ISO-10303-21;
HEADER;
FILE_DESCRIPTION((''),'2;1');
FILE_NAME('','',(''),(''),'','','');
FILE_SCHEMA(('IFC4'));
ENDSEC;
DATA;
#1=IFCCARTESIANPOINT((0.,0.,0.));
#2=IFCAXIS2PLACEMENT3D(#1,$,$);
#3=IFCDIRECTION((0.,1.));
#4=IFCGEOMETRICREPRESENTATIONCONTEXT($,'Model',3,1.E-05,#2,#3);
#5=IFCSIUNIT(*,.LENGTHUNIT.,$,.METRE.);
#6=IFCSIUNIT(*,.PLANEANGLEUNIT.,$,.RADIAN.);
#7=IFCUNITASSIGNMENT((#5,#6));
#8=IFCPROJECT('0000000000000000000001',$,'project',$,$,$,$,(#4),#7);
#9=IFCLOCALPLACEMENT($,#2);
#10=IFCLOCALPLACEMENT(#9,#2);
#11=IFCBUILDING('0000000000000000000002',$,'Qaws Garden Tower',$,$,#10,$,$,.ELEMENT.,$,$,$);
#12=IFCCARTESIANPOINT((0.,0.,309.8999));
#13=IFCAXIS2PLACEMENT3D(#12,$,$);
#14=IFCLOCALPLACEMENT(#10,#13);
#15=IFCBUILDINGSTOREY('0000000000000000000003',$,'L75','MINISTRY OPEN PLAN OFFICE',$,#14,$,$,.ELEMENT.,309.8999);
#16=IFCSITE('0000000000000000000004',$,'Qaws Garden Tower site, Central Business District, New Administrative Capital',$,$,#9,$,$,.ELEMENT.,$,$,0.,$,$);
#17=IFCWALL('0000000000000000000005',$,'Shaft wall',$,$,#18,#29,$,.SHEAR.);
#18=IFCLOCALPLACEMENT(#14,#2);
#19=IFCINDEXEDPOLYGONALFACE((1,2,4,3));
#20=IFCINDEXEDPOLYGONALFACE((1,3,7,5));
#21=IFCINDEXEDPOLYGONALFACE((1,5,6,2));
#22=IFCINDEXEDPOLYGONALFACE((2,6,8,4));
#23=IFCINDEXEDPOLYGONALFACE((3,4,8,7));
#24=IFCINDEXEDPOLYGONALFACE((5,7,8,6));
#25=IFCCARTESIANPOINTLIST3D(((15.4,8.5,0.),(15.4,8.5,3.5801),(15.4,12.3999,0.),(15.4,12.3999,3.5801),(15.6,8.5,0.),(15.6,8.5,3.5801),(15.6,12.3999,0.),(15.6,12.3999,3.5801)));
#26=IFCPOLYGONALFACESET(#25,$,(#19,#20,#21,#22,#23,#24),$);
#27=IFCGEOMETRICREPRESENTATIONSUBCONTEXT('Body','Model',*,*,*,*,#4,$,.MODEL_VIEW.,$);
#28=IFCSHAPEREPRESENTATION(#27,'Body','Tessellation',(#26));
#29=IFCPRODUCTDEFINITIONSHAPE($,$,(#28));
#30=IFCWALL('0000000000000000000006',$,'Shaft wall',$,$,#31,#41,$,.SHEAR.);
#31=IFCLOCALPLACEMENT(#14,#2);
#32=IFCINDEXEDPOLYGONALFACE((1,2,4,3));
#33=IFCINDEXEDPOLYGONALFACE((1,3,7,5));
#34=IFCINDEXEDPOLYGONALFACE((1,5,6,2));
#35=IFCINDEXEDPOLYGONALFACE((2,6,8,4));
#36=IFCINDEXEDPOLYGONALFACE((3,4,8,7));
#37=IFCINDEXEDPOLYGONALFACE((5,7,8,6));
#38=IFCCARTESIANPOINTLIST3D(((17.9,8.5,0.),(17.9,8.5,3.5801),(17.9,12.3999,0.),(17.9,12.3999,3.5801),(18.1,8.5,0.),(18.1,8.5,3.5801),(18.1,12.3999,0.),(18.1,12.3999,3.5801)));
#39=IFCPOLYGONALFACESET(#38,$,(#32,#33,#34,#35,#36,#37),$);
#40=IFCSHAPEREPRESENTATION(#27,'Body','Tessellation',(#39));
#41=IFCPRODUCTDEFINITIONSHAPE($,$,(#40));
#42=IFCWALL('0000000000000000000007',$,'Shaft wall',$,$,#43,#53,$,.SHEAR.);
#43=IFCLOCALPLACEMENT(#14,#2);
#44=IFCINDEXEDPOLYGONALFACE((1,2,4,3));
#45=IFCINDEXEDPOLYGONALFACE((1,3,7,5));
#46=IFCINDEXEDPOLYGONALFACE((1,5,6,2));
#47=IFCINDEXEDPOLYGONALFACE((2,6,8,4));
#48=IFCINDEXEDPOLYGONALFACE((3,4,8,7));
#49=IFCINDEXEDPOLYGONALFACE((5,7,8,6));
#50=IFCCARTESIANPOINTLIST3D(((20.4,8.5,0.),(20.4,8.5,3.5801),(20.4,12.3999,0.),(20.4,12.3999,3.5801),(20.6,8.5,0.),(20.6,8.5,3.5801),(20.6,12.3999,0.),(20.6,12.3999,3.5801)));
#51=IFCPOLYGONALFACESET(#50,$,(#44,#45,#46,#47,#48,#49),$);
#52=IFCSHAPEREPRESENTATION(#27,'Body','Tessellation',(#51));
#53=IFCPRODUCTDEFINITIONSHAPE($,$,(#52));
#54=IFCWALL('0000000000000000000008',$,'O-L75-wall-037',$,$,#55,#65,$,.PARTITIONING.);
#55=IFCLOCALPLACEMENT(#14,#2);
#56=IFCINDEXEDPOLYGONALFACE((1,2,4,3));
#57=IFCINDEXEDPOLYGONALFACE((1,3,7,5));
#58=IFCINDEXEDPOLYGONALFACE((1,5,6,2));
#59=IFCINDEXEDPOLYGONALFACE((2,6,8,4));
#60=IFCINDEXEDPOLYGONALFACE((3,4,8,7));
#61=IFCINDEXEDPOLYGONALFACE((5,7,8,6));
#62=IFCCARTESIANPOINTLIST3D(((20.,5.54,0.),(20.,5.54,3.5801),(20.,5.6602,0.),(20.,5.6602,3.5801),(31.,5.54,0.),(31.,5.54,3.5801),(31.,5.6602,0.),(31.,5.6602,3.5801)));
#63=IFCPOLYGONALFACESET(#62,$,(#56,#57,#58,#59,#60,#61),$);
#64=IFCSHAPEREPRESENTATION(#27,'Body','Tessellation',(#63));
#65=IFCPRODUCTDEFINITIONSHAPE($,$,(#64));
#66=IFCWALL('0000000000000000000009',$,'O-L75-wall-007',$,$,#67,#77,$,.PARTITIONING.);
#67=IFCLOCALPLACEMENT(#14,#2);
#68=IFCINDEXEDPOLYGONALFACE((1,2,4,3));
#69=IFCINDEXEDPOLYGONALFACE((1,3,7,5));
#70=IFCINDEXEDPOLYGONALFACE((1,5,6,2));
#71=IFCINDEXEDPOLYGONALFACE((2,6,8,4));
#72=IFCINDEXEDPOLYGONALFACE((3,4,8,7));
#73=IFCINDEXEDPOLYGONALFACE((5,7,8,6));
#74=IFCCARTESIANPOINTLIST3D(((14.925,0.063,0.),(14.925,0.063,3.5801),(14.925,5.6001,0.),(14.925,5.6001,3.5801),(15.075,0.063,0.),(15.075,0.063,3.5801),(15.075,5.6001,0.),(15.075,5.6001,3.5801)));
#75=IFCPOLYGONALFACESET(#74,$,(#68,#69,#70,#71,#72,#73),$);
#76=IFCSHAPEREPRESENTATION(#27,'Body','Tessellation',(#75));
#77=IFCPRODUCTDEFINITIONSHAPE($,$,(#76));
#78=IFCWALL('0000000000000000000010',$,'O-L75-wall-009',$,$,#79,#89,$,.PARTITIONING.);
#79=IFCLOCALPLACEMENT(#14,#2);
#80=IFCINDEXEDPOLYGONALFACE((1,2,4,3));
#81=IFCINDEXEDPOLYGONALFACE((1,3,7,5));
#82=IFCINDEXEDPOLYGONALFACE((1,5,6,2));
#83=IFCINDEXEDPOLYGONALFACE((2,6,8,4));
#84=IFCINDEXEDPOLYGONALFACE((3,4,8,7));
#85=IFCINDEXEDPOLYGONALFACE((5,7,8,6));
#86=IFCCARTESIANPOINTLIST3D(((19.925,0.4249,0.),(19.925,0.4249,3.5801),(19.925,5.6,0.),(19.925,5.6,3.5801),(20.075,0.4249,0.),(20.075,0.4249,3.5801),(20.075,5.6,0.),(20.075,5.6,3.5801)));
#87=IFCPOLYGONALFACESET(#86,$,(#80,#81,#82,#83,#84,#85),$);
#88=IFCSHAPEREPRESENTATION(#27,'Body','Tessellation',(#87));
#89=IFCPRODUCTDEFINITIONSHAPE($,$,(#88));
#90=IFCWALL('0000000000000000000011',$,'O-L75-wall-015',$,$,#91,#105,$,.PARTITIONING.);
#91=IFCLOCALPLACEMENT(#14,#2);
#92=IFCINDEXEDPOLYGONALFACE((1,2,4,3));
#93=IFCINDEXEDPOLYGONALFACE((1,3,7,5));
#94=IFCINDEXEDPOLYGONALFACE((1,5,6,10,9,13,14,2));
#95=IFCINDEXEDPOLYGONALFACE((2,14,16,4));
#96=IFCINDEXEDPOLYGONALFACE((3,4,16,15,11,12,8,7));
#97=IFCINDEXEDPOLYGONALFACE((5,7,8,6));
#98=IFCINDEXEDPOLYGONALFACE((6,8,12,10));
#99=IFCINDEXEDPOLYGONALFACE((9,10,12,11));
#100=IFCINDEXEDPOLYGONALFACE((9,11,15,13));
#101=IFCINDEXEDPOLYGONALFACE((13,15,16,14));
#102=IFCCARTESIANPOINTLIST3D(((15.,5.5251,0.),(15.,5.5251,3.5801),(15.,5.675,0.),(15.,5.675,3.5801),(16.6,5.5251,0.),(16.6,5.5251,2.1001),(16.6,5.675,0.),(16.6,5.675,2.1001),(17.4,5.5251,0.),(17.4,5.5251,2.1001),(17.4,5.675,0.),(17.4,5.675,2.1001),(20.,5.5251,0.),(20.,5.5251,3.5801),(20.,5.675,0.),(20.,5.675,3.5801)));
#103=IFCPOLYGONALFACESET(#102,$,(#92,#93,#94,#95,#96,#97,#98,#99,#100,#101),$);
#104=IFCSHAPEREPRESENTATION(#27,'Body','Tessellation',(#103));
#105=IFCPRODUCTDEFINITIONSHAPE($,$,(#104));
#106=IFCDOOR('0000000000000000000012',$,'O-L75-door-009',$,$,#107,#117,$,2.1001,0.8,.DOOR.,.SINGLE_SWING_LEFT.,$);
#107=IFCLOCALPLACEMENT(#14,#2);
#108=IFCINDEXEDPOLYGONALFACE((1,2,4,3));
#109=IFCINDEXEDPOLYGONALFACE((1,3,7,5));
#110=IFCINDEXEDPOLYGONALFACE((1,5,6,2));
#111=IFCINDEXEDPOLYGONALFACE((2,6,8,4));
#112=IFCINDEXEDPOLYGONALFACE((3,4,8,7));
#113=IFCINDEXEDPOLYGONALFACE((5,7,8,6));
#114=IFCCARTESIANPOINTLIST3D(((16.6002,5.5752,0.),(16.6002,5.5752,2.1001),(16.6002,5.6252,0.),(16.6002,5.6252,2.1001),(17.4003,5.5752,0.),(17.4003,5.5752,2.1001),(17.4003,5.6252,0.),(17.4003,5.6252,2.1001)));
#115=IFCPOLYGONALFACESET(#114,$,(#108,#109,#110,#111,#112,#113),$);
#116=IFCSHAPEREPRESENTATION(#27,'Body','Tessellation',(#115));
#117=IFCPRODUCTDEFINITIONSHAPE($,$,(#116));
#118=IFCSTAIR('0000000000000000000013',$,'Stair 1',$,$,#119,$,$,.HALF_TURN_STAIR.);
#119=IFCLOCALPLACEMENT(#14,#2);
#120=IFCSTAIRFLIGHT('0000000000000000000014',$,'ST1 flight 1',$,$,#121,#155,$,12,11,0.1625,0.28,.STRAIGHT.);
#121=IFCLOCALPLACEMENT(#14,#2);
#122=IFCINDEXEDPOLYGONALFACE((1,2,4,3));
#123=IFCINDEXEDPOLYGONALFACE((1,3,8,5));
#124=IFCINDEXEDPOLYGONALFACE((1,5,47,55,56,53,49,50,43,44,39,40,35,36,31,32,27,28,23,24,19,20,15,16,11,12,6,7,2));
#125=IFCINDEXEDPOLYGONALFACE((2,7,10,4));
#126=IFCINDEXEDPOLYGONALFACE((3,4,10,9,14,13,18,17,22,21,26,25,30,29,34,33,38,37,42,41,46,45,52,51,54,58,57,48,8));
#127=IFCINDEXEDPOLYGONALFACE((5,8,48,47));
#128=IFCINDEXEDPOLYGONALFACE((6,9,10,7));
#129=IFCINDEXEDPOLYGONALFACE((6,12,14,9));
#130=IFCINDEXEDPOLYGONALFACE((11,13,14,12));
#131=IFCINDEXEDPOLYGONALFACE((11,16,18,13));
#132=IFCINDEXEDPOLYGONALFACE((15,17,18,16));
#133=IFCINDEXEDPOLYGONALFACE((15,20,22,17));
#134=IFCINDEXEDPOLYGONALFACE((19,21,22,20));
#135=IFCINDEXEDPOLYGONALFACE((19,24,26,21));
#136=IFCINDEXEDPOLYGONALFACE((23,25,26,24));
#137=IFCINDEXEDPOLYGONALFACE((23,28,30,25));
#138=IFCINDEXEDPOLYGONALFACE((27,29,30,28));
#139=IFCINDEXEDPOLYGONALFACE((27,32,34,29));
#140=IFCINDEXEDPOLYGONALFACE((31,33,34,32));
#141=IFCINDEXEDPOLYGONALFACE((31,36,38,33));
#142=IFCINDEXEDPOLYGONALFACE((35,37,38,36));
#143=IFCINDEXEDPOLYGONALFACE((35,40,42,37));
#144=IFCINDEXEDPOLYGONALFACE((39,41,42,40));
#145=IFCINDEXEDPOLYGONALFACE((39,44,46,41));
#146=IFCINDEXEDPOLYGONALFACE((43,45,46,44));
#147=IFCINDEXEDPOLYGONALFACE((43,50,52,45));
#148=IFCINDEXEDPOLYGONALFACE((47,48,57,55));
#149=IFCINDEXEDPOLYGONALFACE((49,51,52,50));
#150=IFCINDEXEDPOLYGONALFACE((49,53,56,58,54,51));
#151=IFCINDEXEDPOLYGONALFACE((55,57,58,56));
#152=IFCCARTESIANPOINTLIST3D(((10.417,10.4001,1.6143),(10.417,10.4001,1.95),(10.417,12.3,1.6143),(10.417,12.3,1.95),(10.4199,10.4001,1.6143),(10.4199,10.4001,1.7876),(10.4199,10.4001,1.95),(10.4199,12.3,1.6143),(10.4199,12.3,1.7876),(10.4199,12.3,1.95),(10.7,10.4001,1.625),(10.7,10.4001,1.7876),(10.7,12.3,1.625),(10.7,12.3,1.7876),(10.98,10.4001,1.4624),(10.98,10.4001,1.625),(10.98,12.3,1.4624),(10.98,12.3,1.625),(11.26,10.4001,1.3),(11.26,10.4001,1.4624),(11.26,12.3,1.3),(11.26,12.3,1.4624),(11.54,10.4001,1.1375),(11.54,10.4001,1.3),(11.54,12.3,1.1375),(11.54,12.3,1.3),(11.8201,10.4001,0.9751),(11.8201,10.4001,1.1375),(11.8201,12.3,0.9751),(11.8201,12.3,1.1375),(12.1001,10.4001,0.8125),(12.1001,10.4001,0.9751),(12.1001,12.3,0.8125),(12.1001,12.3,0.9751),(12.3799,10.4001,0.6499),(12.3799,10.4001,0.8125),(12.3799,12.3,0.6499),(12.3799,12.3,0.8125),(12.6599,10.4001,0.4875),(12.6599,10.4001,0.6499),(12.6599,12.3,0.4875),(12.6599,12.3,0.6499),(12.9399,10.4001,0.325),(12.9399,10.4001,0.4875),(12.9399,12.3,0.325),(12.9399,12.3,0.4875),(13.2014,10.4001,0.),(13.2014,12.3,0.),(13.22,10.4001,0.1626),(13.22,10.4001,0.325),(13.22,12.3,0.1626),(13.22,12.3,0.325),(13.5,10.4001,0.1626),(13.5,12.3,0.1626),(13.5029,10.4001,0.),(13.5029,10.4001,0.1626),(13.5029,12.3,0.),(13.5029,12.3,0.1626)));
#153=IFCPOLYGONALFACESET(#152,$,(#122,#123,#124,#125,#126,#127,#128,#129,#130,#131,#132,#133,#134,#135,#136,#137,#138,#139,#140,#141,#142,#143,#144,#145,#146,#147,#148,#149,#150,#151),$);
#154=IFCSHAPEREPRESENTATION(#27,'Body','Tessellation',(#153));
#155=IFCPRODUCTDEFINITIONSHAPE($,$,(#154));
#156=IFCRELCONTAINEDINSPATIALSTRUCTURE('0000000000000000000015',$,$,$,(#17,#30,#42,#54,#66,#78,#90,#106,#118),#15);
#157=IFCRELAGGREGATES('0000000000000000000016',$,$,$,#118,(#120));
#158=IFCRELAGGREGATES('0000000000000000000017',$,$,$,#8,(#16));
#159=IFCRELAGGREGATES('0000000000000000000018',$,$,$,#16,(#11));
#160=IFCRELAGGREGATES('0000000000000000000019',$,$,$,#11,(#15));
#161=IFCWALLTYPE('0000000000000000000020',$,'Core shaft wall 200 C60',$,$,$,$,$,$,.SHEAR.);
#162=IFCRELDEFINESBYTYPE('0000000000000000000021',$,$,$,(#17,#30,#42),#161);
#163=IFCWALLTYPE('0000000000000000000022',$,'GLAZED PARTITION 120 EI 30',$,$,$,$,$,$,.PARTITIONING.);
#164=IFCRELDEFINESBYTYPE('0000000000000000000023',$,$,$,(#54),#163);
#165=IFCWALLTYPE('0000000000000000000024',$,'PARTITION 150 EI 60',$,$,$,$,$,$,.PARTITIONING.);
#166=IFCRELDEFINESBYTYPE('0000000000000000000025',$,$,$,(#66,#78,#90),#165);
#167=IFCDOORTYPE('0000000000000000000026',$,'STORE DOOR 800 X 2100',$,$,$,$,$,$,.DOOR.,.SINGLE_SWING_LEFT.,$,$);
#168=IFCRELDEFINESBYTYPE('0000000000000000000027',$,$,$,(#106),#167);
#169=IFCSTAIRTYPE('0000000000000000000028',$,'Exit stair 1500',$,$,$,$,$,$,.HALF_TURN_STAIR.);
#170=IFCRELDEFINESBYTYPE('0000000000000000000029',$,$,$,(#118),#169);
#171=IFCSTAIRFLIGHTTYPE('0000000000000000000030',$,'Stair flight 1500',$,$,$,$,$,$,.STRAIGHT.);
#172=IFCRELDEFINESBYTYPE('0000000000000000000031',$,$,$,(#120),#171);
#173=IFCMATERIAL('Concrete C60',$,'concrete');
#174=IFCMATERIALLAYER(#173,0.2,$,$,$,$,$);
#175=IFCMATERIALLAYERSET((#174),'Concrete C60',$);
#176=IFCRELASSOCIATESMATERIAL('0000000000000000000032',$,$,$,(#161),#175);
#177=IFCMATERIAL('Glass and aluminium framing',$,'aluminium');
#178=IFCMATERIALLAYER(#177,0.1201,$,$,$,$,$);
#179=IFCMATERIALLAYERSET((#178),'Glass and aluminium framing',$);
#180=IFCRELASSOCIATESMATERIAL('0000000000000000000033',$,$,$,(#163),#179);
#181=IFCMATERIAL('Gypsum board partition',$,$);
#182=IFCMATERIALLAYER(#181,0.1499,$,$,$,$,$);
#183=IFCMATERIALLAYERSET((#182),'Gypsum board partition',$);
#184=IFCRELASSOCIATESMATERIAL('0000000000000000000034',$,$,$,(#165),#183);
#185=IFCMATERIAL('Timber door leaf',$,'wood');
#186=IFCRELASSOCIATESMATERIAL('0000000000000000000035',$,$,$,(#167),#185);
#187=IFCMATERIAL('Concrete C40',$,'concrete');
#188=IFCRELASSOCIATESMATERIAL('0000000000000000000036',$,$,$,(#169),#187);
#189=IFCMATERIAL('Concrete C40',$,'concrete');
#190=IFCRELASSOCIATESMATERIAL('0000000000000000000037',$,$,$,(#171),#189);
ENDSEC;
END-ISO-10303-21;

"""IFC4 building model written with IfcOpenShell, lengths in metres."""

from ifc_helpers import new_model, si_unit, direction, frame, frame_2d, origin, place, context, subcontext, project, spatial, polyline, rectangle, outline, extrude, material, layer, layer_set, type_object, element, fill, aggregate, save


model = new_model("IFC4")

# Units and contexts
model_context = context("Model", 3, precision=1e-05, world=origin(), true_north=direction((0.0, 1.0)))
body_context = subcontext(model_context, "Body", "Model", "MODEL_VIEW")
ifc_project = project(units=[si_unit("LENGTHUNIT", "METRE"), si_unit("PLANEANGLEUNIT", "RADIAN")], contexts=[model_context])

# Site, building, storey
site_placement = place(None, origin())
site = spatial("IfcSite", under=ifc_project, at=site_placement, Name="Qaws Garden Tower site, Central Business District, New Administrative Capital", CompositionType="ELEMENT", RefElevation=0.0)
building_placement = place(site_placement, origin())
building = spatial("IfcBuilding", under=site, at=building_placement, Name="Qaws Garden Tower", CompositionType="ELEMENT")
storey_placement = place(building_placement, frame((0.0, 0.0, 309.8999)))
storey = spatial("IfcBuildingStorey", under=building, at=storey_placement, Name="L75", Description="MINISTRY OPEN PLAN OFFICE", CompositionType="ELEMENT", Elevation=309.8999)

# Walls
ifc_material_1 = material(Name="Concrete C60", Category="concrete")
ifc_layer_1 = layer(ifc_material_1, 0.2)
ifc_layer_set_1 = layer_set([ifc_layer_1], Name="Concrete C60")
wall_type_1 = type_object("IfcWallType", Name="Core shaft wall 200 C60", PredefinedType="SHEAR", material=ifc_layer_set_1)
for number, where, z_axis, x_axis, name in (
    (1, (15.5, 8.5, 0.0), (0.0, 0.0, 1.0), (0.0, 1.0, 0.0), "Shaft wall"),
    (2, (18.0, 8.5, 0.0), (0.0, 0.0, 1.0), (0.0, 1.0, 0.0), "Shaft wall"),
    (3, (20.5, 8.5, 0.0), (0.0, 0.0, 1.0), (0.0, 1.0, 0.0), "Shaft wall"),
):
    element("IfcWall", number, at=place(storey_placement, frame(where, z_axis=z_axis, x_axis=x_axis)), inside=storey, type_object=wall_type_1, Name=name, PredefinedType="SHEAR", context=body_context, shape_type="SweptSolid", body=[
        extrude(rectangle(XDim=3.8999, YDim=0.2, at=frame_2d((1.95, 0.0))), origin(), (0.0, 0.0, 1.0), 3.5801),
    ])
ifc_material_2 = material(Name="Glass and aluminium framing", Category="aluminium")
ifc_layer_2 = layer(ifc_material_2, 0.1201)
ifc_layer_set_2 = layer_set([ifc_layer_2], Name="Glass and aluminium framing")
wall_type_2 = type_object("IfcWallType", Name="GLAZED PARTITION 120 EI 30", PredefinedType="PARTITIONING", material=ifc_layer_set_2)
wall_1_placement = place(storey_placement, frame((20.0, 5.6001, 0.0), z_axis=(0.0, 0.0, 1.0), x_axis=(1.0, 0.0, 0.0)))
element("IfcWall", 4, at=wall_1_placement, inside=storey, type_object=wall_type_2, Name="O-L75-wall-037", PredefinedType="PARTITIONING", context=body_context, shape_type="SweptSolid", body=[
    extrude(rectangle(XDim=11.0, YDim=0.1201, at=frame_2d((5.5, 0.0))), origin(), (0.0, 0.0, 1.0), 3.5801),
])
ifc_material_3 = material(Name="Gypsum board partition")
ifc_layer_3 = layer(ifc_material_3, 0.1499)
ifc_layer_set_3 = layer_set([ifc_layer_3], Name="Gypsum board partition")
wall_type_3 = type_object("IfcWallType", Name="PARTITION 150 EI 60", PredefinedType="PARTITIONING", material=ifc_layer_set_3)
wall_2_placement = place(storey_placement, frame((15.0, 0.063, 0.0), z_axis=(0.0, 0.0, 1.0), x_axis=(0.0, 1.0, 0.0)))
element("IfcWall", 5, at=wall_2_placement, inside=storey, type_object=wall_type_3, Name="O-L75-wall-007", PredefinedType="PARTITIONING", context=body_context, shape_type="SweptSolid", body=[
    extrude(rectangle(XDim=5.5371, YDim=0.1499, at=frame_2d((2.7686, 0.0))), origin(), (0.0, 0.0, 1.0), 3.5801),
])
wall_3_placement = place(storey_placement, frame((20.0, 0.425, 0.0), z_axis=(0.0, 0.0, 1.0), x_axis=(0.0, 1.0, 0.0)))
element("IfcWall", 6, at=wall_3_placement, inside=storey, type_object=wall_type_3, Name="O-L75-wall-009", PredefinedType="PARTITIONING", context=body_context, shape_type="SweptSolid", body=[
    extrude(rectangle(XDim=5.175, YDim=0.1499, at=frame_2d((2.5874, 0.0))), origin(), (0.0, 0.0, 1.0), 3.5801),
])

# Wall, opening, door
wall_4_placement = place(storey_placement, frame((15.0, 5.6001, 0.0), z_axis=(0.0, 0.0, 1.0), x_axis=(1.0, 0.0, 0.0)))
wall_4 = element("IfcWall", 7, at=wall_4_placement, inside=storey, type_object=wall_type_3, Name="O-L75-wall-015", PredefinedType="PARTITIONING", context=body_context, shape_type="SweptSolid", body=[
    extrude(rectangle(XDim=5.0, YDim=0.1499, at=frame_2d((2.5, 0.0))), origin(), (0.0, 0.0, 1.0), 3.5801),
])
opening_1_placement = place(wall_4_placement, frame((1.6001, 0.0, 0.0)))
opening_1 = element("IfcOpeningElement", 8, at=opening_1_placement, cuts=wall_4, PredefinedType="OPENING", context=body_context, shape_type="SweptSolid", body=[
    extrude(rectangle(XDim=0.8, YDim=2.1001, at=frame_2d((0.3999, 1.05))), frame((0.0, 0.085, 0.0), z_axis=(0.0, -1.0, 0.0), x_axis=(1.0, 0.0, 0.0)), (0.0, 0.0, 1.0), 0.1699),
])
ifc_material_4 = material(Name="Timber door leaf", Category="wood")
door_type = type_object("IfcDoorType", Name="STORE DOOR 800 X 2100", OperationType="SINGLE_SWING_LEFT", PredefinedType="DOOR", material=ifc_material_4)
door_placement = place(opening_1_placement, frame((0.8, 0.0, 0.0), z_axis=(0.0, 0.0, 1.0), x_axis=(-1.0, 0.0, 0.0)))
door = element("IfcDoor", 9, at=door_placement, inside=storey, type_object=door_type, Name="O-L75-door-009", OperationType="SINGLE_SWING_LEFT", OverallHeight=2.1001, OverallWidth=0.8, PredefinedType="DOOR", context=body_context, shape_type="SweptSolid", body=[
    extrude(rectangle(XDim=0.8, YDim=2.1001, at=frame_2d((0.3999, 1.05))), frame((0.0, 0.0249, 0.0), z_axis=(0.0, -1.0, 0.0), x_axis=(1.0, 0.0, 0.0)), (0.0, 0.0, 1.0), 0.05),
])
fill(opening_1, door)

# Stair, stair flight
ifc_material_5 = material(Name="Concrete C40", Category="concrete")
stair_type = type_object("IfcStairType", Name="Exit stair 1500", PredefinedType="HALF_TURN_STAIR", material=ifc_material_5)
stair_placement = place(storey_placement, origin())
stair = element("IfcStair", 10, at=stair_placement, inside=storey, type_object=stair_type, Name="Stair 1", PredefinedType="HALF_TURN_STAIR")
ifc_material_6 = material(Name="Concrete C40", Category="concrete")
stair_flight_type = type_object("IfcStairFlightType", Name="Stair flight 1500", PredefinedType="STRAIGHT", material=ifc_material_6)
stair_flight_placement = place(storey_placement, frame((13.5, 11.3501, 0.0), z_axis=(0.0, 0.0, 1.0), x_axis=(-1.0, 0.0, 0.0)))
stair_flight = element("IfcStairFlight", 11, at=stair_flight_placement, type_object=stair_flight_type, Name="ST1 flight 1", NumberOfRisers=12, NumberOfTreads=11, PredefinedType="STRAIGHT", RiserHeight=0.1625, TreadLength=0.28, context=body_context, shape_type="SweptSolid", body=[
    extrude(outline(polyline([(-0.0029, 0.0), (-0.0029, 0.1626), (0.0, 0.1626), (0.28, 0.1626), (0.28, 0.325), (0.5601, 0.325), (0.5601, 0.4875), (0.8401, 0.4875), (0.8401, 0.6499), (1.1201, 0.6499), (1.1201, 0.8125), (1.3999, 0.8125), (1.3999, 0.9751), (1.6799, 0.9751), (1.6799, 1.1375), (1.96, 1.1375), (1.96, 1.3), (2.24, 1.3), (2.24, 1.4624), (2.52, 1.4624), (2.52, 1.625), (2.8, 1.625), (2.8, 1.7876), (3.0801, 1.7876), (3.0801, 1.95), (3.083, 1.95), (3.083, 1.6143), (3.0801, 1.6143), (0.2986, 0.0), (-0.0029, 0.0)])), frame((0.0, 0.95, 0.0), z_axis=(0.0, -1.0, 0.0), x_axis=(1.0, 0.0, 0.0)), (0.0, 0.0, 1.0), 1.8999),
])
aggregate(stair, [stair_flight])

save(model, "model.ifc")
